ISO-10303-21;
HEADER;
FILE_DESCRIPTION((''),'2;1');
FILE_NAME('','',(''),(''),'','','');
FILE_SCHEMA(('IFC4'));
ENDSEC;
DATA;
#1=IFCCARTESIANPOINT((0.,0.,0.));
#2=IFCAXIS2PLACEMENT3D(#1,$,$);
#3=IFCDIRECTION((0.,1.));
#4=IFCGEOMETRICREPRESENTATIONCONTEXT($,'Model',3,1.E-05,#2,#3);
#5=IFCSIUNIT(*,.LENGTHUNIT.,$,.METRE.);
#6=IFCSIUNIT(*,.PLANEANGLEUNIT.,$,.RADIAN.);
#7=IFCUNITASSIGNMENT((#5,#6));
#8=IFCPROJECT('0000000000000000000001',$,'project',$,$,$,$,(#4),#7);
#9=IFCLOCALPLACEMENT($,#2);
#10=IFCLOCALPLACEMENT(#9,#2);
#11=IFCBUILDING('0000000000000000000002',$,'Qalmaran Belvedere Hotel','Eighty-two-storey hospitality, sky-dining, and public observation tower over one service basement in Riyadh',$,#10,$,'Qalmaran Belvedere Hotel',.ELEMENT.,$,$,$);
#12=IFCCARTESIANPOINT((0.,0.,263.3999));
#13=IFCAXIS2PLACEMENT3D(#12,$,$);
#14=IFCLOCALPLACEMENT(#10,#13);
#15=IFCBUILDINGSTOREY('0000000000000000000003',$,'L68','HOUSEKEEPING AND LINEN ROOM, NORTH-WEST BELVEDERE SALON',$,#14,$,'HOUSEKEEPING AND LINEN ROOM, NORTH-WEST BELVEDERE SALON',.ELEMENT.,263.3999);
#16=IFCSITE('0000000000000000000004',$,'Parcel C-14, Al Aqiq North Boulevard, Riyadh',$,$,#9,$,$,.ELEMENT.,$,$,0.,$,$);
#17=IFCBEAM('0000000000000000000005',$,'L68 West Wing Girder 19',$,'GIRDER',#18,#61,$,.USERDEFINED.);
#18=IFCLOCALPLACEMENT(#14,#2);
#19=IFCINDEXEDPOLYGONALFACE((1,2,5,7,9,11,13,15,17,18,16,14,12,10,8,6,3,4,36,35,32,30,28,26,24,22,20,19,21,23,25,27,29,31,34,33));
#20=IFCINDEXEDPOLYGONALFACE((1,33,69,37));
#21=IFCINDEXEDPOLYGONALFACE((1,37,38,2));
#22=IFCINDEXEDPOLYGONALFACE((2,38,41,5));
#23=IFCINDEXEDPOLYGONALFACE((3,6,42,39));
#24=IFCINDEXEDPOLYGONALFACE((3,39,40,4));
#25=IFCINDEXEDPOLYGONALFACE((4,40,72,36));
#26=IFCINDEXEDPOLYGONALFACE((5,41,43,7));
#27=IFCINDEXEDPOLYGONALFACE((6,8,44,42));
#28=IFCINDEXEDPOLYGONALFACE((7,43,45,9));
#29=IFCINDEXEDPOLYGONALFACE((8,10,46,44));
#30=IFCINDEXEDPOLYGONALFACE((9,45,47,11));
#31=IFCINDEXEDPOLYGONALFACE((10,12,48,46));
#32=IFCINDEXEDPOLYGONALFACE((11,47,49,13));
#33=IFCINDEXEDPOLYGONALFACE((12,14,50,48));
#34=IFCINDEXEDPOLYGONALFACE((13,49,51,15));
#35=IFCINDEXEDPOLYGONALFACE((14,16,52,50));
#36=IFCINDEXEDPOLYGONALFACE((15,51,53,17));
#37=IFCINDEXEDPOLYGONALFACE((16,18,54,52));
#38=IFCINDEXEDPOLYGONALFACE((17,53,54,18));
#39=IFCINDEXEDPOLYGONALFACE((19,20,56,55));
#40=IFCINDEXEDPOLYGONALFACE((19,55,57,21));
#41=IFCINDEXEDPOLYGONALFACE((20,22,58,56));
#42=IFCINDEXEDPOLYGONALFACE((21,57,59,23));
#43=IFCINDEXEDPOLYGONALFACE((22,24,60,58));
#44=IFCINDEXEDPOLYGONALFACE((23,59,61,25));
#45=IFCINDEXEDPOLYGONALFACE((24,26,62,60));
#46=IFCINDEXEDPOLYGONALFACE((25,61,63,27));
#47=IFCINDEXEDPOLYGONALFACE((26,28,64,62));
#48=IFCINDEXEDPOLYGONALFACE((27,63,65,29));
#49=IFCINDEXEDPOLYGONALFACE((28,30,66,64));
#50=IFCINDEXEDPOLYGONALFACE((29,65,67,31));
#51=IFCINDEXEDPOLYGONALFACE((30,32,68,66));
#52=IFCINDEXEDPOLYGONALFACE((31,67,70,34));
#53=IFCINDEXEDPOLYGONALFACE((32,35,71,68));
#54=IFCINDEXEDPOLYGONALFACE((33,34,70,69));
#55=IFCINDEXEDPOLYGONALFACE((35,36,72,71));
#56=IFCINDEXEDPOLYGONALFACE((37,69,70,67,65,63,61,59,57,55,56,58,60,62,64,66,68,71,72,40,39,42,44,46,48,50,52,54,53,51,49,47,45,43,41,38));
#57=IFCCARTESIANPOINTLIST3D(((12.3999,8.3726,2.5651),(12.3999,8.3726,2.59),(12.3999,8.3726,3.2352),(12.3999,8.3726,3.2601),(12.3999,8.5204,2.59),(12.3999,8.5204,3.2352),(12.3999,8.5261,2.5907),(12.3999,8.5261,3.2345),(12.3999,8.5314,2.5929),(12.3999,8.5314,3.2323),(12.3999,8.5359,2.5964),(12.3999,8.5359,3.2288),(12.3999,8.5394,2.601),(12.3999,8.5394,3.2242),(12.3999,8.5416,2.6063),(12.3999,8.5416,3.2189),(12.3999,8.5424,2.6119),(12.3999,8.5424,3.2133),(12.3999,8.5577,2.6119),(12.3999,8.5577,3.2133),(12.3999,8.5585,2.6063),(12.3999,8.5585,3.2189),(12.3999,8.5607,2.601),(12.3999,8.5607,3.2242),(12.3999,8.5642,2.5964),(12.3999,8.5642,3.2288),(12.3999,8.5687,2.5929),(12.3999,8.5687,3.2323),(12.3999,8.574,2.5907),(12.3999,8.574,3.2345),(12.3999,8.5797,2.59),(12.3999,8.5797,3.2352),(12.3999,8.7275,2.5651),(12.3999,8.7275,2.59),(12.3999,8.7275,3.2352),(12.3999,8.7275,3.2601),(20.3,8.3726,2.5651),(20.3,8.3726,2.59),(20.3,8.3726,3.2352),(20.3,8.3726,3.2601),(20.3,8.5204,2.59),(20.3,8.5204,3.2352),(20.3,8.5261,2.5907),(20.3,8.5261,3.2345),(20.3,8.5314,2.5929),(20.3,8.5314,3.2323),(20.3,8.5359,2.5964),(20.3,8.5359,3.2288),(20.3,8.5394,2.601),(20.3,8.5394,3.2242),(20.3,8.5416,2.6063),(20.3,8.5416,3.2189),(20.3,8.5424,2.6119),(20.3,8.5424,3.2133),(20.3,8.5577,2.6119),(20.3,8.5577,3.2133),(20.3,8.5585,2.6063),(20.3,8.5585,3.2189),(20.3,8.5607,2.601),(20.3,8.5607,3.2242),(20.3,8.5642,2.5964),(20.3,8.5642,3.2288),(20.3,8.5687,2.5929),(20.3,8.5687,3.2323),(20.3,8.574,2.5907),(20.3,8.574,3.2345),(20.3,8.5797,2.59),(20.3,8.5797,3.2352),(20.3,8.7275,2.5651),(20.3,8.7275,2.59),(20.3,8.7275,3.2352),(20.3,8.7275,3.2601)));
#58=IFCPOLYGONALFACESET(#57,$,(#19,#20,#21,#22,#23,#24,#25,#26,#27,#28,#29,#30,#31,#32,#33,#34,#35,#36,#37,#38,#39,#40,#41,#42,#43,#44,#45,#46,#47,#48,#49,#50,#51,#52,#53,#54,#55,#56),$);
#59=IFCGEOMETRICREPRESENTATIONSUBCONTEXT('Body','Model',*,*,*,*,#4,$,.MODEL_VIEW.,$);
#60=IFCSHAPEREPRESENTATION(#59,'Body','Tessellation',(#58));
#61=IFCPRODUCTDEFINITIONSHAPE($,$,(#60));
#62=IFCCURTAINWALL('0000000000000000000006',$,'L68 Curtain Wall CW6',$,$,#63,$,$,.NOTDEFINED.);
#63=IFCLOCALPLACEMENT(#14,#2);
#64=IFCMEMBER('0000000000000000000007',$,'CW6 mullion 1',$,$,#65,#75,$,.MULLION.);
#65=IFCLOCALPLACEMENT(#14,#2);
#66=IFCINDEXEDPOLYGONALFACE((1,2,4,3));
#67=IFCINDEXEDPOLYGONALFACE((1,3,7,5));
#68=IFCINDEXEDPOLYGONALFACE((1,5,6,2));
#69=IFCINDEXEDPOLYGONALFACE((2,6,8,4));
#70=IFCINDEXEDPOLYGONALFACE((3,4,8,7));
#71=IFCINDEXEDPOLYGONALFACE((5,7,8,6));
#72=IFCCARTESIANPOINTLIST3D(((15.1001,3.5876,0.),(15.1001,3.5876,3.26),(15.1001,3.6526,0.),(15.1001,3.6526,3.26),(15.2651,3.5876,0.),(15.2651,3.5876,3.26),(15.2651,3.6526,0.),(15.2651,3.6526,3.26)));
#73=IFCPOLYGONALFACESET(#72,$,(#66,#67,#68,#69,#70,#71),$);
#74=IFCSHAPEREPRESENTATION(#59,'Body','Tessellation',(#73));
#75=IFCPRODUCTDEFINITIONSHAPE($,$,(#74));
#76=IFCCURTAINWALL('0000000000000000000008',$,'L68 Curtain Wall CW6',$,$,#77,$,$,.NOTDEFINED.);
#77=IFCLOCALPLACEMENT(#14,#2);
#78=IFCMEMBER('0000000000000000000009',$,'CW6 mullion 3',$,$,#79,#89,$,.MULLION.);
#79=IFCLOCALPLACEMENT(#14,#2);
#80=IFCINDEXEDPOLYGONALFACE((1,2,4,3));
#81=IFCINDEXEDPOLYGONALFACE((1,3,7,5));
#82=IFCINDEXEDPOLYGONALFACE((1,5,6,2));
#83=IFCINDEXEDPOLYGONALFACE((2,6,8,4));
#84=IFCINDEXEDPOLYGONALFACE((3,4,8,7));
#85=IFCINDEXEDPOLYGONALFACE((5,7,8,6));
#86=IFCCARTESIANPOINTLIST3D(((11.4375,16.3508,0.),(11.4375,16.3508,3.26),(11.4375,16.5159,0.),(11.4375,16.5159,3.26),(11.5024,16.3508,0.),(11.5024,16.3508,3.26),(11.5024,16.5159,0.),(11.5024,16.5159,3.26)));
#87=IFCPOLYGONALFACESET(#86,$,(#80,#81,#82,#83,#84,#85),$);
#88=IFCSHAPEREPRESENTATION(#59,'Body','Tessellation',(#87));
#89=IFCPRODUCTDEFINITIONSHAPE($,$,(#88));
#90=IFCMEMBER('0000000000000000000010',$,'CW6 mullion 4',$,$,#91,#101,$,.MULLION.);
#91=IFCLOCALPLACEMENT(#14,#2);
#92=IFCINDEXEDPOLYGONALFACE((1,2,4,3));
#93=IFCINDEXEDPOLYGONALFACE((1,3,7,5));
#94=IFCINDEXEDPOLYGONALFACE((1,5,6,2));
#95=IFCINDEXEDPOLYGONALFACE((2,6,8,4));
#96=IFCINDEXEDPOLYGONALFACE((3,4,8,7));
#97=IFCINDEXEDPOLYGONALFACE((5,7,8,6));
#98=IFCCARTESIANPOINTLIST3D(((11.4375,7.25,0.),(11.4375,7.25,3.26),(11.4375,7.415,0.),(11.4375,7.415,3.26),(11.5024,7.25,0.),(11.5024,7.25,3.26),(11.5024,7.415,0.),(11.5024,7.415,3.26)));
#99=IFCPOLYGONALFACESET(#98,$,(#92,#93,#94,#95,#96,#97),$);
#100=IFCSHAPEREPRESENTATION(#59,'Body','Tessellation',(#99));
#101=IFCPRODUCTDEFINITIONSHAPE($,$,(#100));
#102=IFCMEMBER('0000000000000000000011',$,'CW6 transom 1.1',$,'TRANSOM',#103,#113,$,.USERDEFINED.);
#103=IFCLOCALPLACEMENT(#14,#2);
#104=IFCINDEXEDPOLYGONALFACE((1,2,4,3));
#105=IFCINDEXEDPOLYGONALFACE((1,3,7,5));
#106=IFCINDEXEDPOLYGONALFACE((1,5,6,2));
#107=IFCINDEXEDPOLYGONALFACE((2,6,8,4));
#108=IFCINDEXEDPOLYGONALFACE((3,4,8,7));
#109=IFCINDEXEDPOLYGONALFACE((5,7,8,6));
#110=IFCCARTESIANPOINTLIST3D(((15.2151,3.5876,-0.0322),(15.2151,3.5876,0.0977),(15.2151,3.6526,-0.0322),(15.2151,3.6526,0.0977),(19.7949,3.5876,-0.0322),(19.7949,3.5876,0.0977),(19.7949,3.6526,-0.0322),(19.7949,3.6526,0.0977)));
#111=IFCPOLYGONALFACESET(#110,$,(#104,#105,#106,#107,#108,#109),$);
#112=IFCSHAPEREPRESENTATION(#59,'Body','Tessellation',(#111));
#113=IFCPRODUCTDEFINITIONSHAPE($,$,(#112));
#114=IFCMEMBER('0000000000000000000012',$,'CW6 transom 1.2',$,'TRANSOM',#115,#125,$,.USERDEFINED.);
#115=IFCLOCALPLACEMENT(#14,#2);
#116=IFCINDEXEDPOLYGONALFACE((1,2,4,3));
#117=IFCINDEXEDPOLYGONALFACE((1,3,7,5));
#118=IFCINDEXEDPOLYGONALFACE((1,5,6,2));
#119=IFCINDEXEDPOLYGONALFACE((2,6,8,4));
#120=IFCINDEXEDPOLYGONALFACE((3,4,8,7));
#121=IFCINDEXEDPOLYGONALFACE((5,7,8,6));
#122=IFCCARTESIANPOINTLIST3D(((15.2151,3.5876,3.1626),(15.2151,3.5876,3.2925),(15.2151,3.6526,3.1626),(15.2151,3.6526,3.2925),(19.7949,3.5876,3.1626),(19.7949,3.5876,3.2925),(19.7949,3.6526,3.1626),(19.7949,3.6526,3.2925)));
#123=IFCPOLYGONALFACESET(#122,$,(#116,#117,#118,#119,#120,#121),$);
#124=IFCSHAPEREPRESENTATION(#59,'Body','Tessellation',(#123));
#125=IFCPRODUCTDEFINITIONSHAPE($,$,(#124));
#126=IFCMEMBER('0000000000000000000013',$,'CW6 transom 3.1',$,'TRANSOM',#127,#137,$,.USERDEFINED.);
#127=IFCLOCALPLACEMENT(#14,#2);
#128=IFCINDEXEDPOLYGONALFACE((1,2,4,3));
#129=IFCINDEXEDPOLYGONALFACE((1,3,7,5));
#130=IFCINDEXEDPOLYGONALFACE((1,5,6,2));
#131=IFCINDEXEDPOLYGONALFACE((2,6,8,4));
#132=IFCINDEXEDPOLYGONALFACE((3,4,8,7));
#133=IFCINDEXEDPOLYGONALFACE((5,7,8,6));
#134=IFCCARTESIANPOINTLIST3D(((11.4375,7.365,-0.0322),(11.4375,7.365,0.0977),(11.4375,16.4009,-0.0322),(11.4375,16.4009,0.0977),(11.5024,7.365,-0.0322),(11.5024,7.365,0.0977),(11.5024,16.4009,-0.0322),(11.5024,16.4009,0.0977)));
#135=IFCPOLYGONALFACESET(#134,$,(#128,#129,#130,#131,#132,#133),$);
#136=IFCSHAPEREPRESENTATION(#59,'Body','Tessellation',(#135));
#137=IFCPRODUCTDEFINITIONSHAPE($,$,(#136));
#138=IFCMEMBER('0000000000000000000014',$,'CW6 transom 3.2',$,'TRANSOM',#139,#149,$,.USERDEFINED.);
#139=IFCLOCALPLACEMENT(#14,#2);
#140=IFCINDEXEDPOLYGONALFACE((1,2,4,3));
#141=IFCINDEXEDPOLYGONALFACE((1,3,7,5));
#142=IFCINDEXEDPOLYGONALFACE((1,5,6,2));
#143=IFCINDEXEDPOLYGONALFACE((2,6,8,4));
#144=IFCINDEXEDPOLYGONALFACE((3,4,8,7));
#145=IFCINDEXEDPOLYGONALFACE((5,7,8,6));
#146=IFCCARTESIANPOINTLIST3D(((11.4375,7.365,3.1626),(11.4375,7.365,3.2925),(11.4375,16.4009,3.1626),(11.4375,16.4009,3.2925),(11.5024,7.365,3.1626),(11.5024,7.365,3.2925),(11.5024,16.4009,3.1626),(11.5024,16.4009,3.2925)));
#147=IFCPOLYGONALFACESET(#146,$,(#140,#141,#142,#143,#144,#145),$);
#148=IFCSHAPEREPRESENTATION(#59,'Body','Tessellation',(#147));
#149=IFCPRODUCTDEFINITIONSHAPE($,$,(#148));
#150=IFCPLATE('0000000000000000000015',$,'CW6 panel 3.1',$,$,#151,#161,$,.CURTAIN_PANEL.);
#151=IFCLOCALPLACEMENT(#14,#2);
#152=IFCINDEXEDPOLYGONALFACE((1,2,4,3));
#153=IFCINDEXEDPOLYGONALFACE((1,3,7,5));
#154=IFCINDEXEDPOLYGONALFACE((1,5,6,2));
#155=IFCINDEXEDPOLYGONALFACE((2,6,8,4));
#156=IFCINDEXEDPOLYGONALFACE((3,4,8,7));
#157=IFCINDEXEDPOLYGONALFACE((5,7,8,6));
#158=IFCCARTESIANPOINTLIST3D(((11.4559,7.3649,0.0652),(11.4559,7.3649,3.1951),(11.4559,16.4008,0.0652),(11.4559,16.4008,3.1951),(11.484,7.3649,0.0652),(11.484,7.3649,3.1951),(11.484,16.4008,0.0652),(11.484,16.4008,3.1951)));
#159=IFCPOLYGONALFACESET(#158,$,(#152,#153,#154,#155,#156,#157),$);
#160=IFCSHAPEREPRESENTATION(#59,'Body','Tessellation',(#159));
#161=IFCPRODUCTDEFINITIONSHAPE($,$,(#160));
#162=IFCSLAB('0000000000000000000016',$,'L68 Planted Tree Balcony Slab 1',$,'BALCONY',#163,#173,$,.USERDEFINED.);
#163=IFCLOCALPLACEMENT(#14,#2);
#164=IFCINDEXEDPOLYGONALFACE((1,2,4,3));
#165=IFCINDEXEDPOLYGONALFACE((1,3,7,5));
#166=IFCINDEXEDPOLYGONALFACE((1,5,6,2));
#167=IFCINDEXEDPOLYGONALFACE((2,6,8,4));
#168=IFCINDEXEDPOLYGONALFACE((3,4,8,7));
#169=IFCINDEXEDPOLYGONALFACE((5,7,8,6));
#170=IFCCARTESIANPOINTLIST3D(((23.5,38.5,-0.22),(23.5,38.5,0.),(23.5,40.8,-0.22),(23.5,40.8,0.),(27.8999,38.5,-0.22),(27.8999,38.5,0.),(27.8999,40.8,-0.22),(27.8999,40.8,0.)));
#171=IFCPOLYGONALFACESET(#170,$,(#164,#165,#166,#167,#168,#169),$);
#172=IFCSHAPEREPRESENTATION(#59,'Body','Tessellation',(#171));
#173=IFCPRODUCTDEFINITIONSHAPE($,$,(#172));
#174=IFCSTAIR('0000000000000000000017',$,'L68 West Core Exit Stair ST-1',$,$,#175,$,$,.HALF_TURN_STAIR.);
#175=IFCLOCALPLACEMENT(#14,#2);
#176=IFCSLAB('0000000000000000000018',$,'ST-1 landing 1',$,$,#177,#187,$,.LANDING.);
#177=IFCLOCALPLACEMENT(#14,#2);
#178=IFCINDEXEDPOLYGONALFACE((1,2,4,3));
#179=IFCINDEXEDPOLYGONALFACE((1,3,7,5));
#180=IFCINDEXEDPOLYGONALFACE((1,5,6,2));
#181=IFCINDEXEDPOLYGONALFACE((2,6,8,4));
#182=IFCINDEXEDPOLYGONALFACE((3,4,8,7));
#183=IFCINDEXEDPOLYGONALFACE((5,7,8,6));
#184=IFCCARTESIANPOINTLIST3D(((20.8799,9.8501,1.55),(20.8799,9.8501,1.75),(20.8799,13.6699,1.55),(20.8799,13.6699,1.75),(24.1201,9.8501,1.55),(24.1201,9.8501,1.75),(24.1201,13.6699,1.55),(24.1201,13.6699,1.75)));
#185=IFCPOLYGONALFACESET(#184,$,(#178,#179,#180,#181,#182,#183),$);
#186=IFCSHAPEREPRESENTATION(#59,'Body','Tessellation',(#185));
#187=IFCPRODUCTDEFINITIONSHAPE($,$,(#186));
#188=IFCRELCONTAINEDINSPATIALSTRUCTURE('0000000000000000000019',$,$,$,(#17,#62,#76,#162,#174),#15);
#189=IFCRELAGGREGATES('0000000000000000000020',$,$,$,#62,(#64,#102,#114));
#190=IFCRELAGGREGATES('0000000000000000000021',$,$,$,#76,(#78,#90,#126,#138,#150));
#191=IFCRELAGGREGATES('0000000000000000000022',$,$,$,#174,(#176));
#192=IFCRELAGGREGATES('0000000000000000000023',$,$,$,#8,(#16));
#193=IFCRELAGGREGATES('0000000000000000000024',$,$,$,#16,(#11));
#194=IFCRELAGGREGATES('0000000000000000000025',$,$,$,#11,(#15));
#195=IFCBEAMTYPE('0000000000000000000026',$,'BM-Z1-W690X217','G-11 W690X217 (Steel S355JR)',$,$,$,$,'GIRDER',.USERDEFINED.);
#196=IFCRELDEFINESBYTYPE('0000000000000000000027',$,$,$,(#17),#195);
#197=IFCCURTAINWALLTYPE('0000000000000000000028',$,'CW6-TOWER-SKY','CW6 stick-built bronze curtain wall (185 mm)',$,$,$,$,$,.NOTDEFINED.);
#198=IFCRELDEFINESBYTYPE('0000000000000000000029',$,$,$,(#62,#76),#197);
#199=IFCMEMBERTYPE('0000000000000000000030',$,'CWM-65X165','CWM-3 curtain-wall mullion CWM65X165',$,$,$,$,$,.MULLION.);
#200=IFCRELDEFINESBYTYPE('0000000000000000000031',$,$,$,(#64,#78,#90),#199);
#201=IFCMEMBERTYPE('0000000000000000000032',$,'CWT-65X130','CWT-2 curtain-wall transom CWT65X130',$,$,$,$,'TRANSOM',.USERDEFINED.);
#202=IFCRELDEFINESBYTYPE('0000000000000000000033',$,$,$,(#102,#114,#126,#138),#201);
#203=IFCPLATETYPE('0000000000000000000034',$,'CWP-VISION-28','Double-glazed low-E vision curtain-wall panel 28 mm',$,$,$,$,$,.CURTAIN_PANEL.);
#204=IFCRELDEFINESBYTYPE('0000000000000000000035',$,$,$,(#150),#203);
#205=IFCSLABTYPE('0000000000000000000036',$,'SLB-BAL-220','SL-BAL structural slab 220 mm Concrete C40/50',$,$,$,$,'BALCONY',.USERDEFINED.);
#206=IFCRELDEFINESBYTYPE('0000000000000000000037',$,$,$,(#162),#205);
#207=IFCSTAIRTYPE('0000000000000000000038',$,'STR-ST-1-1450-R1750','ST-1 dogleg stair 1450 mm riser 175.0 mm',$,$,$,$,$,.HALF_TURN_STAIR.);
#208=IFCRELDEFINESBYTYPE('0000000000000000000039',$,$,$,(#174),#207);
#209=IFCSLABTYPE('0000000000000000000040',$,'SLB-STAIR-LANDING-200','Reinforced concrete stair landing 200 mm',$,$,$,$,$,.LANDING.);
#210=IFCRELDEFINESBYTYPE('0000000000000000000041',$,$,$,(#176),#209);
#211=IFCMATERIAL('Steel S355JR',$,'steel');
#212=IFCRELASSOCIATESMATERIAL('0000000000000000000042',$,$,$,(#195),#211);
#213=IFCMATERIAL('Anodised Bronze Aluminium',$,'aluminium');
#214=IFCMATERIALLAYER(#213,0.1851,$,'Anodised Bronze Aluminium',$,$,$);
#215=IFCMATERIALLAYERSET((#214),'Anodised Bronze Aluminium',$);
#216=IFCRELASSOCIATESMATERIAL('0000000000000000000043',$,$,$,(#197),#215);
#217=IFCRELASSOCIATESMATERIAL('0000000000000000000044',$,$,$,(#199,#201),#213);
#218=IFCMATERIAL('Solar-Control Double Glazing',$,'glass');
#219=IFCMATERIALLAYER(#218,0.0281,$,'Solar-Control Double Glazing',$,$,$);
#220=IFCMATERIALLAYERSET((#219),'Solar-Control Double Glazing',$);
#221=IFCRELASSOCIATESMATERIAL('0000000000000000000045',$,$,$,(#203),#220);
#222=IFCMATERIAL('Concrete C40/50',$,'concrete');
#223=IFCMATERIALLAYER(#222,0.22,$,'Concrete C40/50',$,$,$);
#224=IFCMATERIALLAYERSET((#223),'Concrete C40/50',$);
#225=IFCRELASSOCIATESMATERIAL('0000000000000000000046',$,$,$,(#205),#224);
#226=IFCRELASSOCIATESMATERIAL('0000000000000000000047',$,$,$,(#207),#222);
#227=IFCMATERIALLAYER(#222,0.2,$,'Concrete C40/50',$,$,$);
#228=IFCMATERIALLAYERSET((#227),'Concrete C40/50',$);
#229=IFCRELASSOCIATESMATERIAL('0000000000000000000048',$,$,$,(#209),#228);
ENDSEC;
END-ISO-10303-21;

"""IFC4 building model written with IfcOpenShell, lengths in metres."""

from ifc_helpers import new_model, si_unit, direction, frame, origin, origin_2d, place, context, subcontext, project, spatial, polyline, rectangle, i_section, outline, extrude, material, layer, layer_set, material_profile, profile_set, type_object, element, aggregate, save


model = new_model("IFC4")

# Units and contexts
model_context = context("Model", 3, precision=1e-05, world=origin(), true_north=direction((0.0, 1.0)))
body_context = subcontext(model_context, "Body", "Model", "MODEL_VIEW")
ifc_project = project(units=[si_unit("LENGTHUNIT", "METRE"), si_unit("PLANEANGLEUNIT", "RADIAN")], contexts=[model_context])

# Site, building, storey
site_placement = place(None, origin())
site = spatial("IfcSite", under=ifc_project, at=site_placement, Name="Parcel C-14, Al Aqiq North Boulevard, Riyadh", CompositionType="ELEMENT", RefElevation=0.0)
building_placement = place(site_placement, origin())
building = spatial("IfcBuilding", under=site, at=building_placement, Name="Qalmaran Belvedere Hotel", Description="Eighty-two-storey hospitality, sky-dining, and public observation tower over one service basement in Riyadh", LongName="Qalmaran Belvedere Hotel", CompositionType="ELEMENT")
storey_placement = place(building_placement, frame((0.0, 0.0, 263.3999)))
storey = spatial("IfcBuildingStorey", under=building, at=storey_placement, Name="L68", Description="HOUSEKEEPING AND LINEN ROOM, NORTH-WEST BELVEDERE SALON", LongName="HOUSEKEEPING AND LINEN ROOM, NORTH-WEST BELVEDERE SALON", CompositionType="ELEMENT", Elevation=263.3999)

# Beam
ifc_material_1 = material(Name="Steel S355JR", Category="steel")
ifc_material_profile_1 = material_profile(ifc_material_1, i_section(OverallWidth=0.355, OverallDepth=0.6951, WebThickness=0.0154, FlangeThickness=0.0249, FilletRadius=0.022, at=origin_2d()), Name="W690X217")
ifc_profile_set_1 = profile_set([ifc_material_profile_1], Name="Steel S355JR")
beam_type_1 = type_object("IfcBeamType", Name="BM-Z1-W690X217", Description="G-11 W690X217 (Steel S355JR)", ElementType="GIRDER", PredefinedType="USERDEFINED", material=ifc_profile_set_1)
beam_1_placement = place(storey_placement, frame((12.3999, 8.55, 2.9126), z_axis=(1.0, 0.0, 0.0), x_axis=(0.0, 1.0, 0.0)))
element("IfcBeam", 1, at=beam_1_placement, inside=storey, type_object=beam_type_1, Name="L68 West Wing Girder 19", ObjectType="GIRDER", PredefinedType="USERDEFINED", context=body_context, shape_type="SweptSolid", body=[
    extrude(i_section(OverallWidth=0.355, OverallDepth=0.6951, WebThickness=0.0154, FlangeThickness=0.0249, FilletRadius=0.022, at=origin_2d()), origin(), (0.0, 0.0, 1.0), 7.9001),
])

# Curtain wall, member
ifc_material_2 = material(Name="Anodised Bronze Aluminium", Category="aluminium")
ifc_layer_1 = layer(ifc_material_2, 0.1851, Name="Anodised Bronze Aluminium")
ifc_layer_set_1 = layer_set([ifc_layer_1], Name="Anodised Bronze Aluminium")
curtain_wall_type = type_object("IfcCurtainWallType", Name="CW6-TOWER-SKY", Description="CW6 stick-built bronze curtain wall (185 mm)", PredefinedType="NOTDEFINED", material=ifc_layer_set_1)
curtain_wall_1_placement = place(storey_placement, origin())
curtain_wall_1 = element("IfcCurtainWall", 2, at=curtain_wall_1_placement, inside=storey, type_object=curtain_wall_type, Name="L68 Curtain Wall CW6", PredefinedType="NOTDEFINED")
ifc_material_profile_2 = material_profile(ifc_material_2, rectangle(XDim=0.0649, YDim=0.165, at=origin_2d()), Name="CWM65X165")
ifc_profile_set_2 = profile_set([ifc_material_profile_2], Name="Anodised Bronze Aluminium")
member_type_1 = type_object("IfcMemberType", Name="CWM-65X165", Description="CWM-3 curtain-wall mullion CWM65X165", PredefinedType="MULLION", material=ifc_profile_set_2)
member_1_placement = place(storey_placement, frame((15.1826, 3.6201, 0.0), z_axis=(0.0, 0.0, 1.0), x_axis=(0.0, 1.0, 0.0)))
member_1 = element("IfcMember", 3, at=member_1_placement, type_object=member_type_1, Name="CW6 mullion 1", PredefinedType="MULLION", context=body_context, shape_type="SweptSolid", body=[
    extrude(rectangle(XDim=0.0649, YDim=0.165, at=origin_2d()), origin(), (0.0, 0.0, 1.0), 3.26),
])

# Curtain wall, members
curtain_wall_2_placement = place(storey_placement, origin())
curtain_wall_2 = element("IfcCurtainWall", 4, at=curtain_wall_2_placement, inside=storey, type_object=curtain_wall_type, Name="L68 Curtain Wall CW6", PredefinedType="NOTDEFINED")
member_2_placement = place(storey_placement, frame((11.47, 16.4333, 0.0), z_axis=(0.0, 0.0, 1.0), x_axis=(1.0, 0.0, 0.0)))
member_2 = element("IfcMember", 5, at=member_2_placement, type_object=member_type_1, Name="CW6 mullion 3", PredefinedType="MULLION", context=body_context, shape_type="SweptSolid", body=[
    extrude(rectangle(XDim=0.0649, YDim=0.165, at=origin_2d()), origin(), (0.0, 0.0, 1.0), 3.26),
])
member_3_placement = place(storey_placement, frame((11.47, 7.3325, 0.0), z_axis=(0.0, 0.0, 1.0), x_axis=(1.0, 0.0, 0.0)))
member_3 = element("IfcMember", 6, at=member_3_placement, type_object=member_type_1, Name="CW6 mullion 4", PredefinedType="MULLION", context=body_context, shape_type="SweptSolid", body=[
    extrude(rectangle(XDim=0.0649, YDim=0.165, at=origin_2d()), origin(), (0.0, 0.0, 1.0), 3.26),
])

# Members
ifc_material_profile_3 = material_profile(ifc_material_2, rectangle(XDim=0.0649, YDim=0.1299, at=origin_2d()), Name="CWT65X130")
ifc_profile_set_3 = profile_set([ifc_material_profile_3], Name="Anodised Bronze Aluminium")
member_type_2 = type_object("IfcMemberType", Name="CWT-65X130", Description="CWT-2 curtain-wall transom CWT65X130", ElementType="TRANSOM", PredefinedType="USERDEFINED", material=ifc_profile_set_3)
member_4_placement = place(storey_placement, frame((15.2151, 3.6201, 0.0327), z_axis=(1.0, 0.0, 0.0), x_axis=(0.0, 1.0, 0.0)))
member_4 = element("IfcMember", 7, at=member_4_placement, type_object=member_type_2, Name="CW6 transom 1.1", ObjectType="TRANSOM", PredefinedType="USERDEFINED", context=body_context, shape_type="SweptSolid", body=[
    extrude(rectangle(XDim=0.0649, YDim=0.1299, at=origin_2d()), origin(), (0.0, 0.0, 1.0), 4.5798),
])
member_5_placement = place(storey_placement, frame((15.2151, 3.6201, 3.2275), z_axis=(1.0, 0.0, 0.0), x_axis=(0.0, 1.0, 0.0)))
member_5 = element("IfcMember", 8, at=member_5_placement, type_object=member_type_2, Name="CW6 transom 1.2", ObjectType="TRANSOM", PredefinedType="USERDEFINED", context=body_context, shape_type="SweptSolid", body=[
    extrude(rectangle(XDim=0.0649, YDim=0.1299, at=origin_2d()), origin(), (0.0, 0.0, 1.0), 4.5798),
])
aggregate(curtain_wall_1, [member_1, member_4, member_5])
member_6_placement = place(storey_placement, frame((11.47, 16.4009, 0.0327), z_axis=(0.0, -1.0, 0.0), x_axis=(1.0, 0.0, 0.0)))
member_6 = element("IfcMember", 9, at=member_6_placement, type_object=member_type_2, Name="CW6 transom 3.1", ObjectType="TRANSOM", PredefinedType="USERDEFINED", context=body_context, shape_type="SweptSolid", body=[
    extrude(rectangle(XDim=0.0649, YDim=0.1299, at=origin_2d()), origin(), (0.0, 0.0, 1.0), 9.0359),
])
member_7_placement = place(storey_placement, frame((11.47, 16.4009, 3.2275), z_axis=(0.0, -1.0, 0.0), x_axis=(1.0, 0.0, 0.0)))
member_7 = element("IfcMember", 10, at=member_7_placement, type_object=member_type_2, Name="CW6 transom 3.2", ObjectType="TRANSOM", PredefinedType="USERDEFINED", context=body_context, shape_type="SweptSolid", body=[
    extrude(rectangle(XDim=0.0649, YDim=0.1299, at=origin_2d()), origin(), (0.0, 0.0, 1.0), 9.0359),
])

# Plate
ifc_material_3 = material(Name="Solar-Control Double Glazing", Category="glass")
ifc_layer_2 = layer(ifc_material_3, 0.0281, Name="Solar-Control Double Glazing")
ifc_layer_set_2 = layer_set([ifc_layer_2], Name="Solar-Control Double Glazing")
plate_type = type_object("IfcPlateType", Name="CWP-VISION-28", Description="Double-glazed low-E vision curtain-wall panel 28 mm", PredefinedType="CURTAIN_PANEL", material=ifc_layer_set_2)
plate_placement = place(storey_placement, frame((11.47, 11.8828, 0.0652), z_axis=(0.0, 0.0, 1.0), x_axis=(0.0, -1.0, 0.0)))
plate = element("IfcPlate", 11, at=plate_placement, type_object=plate_type, Name="CW6 panel 3.1", PredefinedType="CURTAIN_PANEL", context=body_context, shape_type="SweptSolid", body=[
    extrude(rectangle(XDim=9.0359, YDim=0.0281, at=origin_2d()), origin(), (0.0, 0.0, 1.0), 3.1299),
])
aggregate(curtain_wall_2, [member_2, member_3, member_6, member_7, plate])

# Slab
ifc_material_4 = material(Name="Concrete C40/50", Category="concrete")
ifc_layer_3 = layer(ifc_material_4, 0.22, Name="Concrete C40/50")
ifc_layer_set_3 = layer_set([ifc_layer_3], Name="Concrete C40/50")
slab_type_1 = type_object("IfcSlabType", Name="SLB-BAL-220", Description="SL-BAL structural slab 220 mm Concrete C40/50", ElementType="BALCONY", PredefinedType="USERDEFINED", material=ifc_layer_set_3)
slab_1_placement = place(storey_placement, frame((0.0, 0.0, -0.22)))
element("IfcSlab", 12, at=slab_1_placement, inside=storey, type_object=slab_type_1, Name="L68 Planted Tree Balcony Slab 1", ObjectType="BALCONY", PredefinedType="USERDEFINED", context=body_context, shape_type="SweptSolid", body=[
    extrude(outline(polyline([(23.5, 38.5), (27.8999, 38.5), (27.8999, 40.8), (23.5, 40.8), (23.5, 38.5)])), origin(), (0.0, 0.0, 1.0), 0.22),
])

# Stair, slab
stair_type_1 = type_object("IfcStairType", Name="STR-ST-1-1450-R1750", Description="ST-1 dogleg stair 1450 mm riser 175.0 mm", PredefinedType="HALF_TURN_STAIR", material=ifc_material_4)
stair_1_placement = place(storey_placement, origin())
stair_1 = element("IfcStair", 13, at=stair_1_placement, inside=storey, type_object=stair_type_1, Name="L68 West Core Exit Stair ST-1", PredefinedType="HALF_TURN_STAIR")
ifc_layer_4 = layer(ifc_material_4, 0.2, Name="Concrete C40/50")
ifc_layer_set_4 = layer_set([ifc_layer_4], Name="Concrete C40/50")
slab_type_2 = type_object("IfcSlabType", Name="SLB-STAIR-LANDING-200", Description="Reinforced concrete stair landing 200 mm", PredefinedType="LANDING", material=ifc_layer_set_4)
slab_2_placement = place(storey_placement, frame((0.0, 0.0, 1.55)))
slab_2 = element("IfcSlab", 14, at=slab_2_placement, type_object=slab_type_2, Name="ST-1 landing 1", PredefinedType="LANDING", context=body_context, shape_type="SweptSolid", body=[
    extrude(outline(polyline([(20.8799, 13.6699), (20.8799, 9.8501), (24.1201, 9.8501), (24.1201, 13.6699), (20.8799, 13.6699)])), origin(), (0.0, 0.0, 1.0), 0.2),
])
aggregate(stair_1, [slab_2])

save(model, "model.ifc")
